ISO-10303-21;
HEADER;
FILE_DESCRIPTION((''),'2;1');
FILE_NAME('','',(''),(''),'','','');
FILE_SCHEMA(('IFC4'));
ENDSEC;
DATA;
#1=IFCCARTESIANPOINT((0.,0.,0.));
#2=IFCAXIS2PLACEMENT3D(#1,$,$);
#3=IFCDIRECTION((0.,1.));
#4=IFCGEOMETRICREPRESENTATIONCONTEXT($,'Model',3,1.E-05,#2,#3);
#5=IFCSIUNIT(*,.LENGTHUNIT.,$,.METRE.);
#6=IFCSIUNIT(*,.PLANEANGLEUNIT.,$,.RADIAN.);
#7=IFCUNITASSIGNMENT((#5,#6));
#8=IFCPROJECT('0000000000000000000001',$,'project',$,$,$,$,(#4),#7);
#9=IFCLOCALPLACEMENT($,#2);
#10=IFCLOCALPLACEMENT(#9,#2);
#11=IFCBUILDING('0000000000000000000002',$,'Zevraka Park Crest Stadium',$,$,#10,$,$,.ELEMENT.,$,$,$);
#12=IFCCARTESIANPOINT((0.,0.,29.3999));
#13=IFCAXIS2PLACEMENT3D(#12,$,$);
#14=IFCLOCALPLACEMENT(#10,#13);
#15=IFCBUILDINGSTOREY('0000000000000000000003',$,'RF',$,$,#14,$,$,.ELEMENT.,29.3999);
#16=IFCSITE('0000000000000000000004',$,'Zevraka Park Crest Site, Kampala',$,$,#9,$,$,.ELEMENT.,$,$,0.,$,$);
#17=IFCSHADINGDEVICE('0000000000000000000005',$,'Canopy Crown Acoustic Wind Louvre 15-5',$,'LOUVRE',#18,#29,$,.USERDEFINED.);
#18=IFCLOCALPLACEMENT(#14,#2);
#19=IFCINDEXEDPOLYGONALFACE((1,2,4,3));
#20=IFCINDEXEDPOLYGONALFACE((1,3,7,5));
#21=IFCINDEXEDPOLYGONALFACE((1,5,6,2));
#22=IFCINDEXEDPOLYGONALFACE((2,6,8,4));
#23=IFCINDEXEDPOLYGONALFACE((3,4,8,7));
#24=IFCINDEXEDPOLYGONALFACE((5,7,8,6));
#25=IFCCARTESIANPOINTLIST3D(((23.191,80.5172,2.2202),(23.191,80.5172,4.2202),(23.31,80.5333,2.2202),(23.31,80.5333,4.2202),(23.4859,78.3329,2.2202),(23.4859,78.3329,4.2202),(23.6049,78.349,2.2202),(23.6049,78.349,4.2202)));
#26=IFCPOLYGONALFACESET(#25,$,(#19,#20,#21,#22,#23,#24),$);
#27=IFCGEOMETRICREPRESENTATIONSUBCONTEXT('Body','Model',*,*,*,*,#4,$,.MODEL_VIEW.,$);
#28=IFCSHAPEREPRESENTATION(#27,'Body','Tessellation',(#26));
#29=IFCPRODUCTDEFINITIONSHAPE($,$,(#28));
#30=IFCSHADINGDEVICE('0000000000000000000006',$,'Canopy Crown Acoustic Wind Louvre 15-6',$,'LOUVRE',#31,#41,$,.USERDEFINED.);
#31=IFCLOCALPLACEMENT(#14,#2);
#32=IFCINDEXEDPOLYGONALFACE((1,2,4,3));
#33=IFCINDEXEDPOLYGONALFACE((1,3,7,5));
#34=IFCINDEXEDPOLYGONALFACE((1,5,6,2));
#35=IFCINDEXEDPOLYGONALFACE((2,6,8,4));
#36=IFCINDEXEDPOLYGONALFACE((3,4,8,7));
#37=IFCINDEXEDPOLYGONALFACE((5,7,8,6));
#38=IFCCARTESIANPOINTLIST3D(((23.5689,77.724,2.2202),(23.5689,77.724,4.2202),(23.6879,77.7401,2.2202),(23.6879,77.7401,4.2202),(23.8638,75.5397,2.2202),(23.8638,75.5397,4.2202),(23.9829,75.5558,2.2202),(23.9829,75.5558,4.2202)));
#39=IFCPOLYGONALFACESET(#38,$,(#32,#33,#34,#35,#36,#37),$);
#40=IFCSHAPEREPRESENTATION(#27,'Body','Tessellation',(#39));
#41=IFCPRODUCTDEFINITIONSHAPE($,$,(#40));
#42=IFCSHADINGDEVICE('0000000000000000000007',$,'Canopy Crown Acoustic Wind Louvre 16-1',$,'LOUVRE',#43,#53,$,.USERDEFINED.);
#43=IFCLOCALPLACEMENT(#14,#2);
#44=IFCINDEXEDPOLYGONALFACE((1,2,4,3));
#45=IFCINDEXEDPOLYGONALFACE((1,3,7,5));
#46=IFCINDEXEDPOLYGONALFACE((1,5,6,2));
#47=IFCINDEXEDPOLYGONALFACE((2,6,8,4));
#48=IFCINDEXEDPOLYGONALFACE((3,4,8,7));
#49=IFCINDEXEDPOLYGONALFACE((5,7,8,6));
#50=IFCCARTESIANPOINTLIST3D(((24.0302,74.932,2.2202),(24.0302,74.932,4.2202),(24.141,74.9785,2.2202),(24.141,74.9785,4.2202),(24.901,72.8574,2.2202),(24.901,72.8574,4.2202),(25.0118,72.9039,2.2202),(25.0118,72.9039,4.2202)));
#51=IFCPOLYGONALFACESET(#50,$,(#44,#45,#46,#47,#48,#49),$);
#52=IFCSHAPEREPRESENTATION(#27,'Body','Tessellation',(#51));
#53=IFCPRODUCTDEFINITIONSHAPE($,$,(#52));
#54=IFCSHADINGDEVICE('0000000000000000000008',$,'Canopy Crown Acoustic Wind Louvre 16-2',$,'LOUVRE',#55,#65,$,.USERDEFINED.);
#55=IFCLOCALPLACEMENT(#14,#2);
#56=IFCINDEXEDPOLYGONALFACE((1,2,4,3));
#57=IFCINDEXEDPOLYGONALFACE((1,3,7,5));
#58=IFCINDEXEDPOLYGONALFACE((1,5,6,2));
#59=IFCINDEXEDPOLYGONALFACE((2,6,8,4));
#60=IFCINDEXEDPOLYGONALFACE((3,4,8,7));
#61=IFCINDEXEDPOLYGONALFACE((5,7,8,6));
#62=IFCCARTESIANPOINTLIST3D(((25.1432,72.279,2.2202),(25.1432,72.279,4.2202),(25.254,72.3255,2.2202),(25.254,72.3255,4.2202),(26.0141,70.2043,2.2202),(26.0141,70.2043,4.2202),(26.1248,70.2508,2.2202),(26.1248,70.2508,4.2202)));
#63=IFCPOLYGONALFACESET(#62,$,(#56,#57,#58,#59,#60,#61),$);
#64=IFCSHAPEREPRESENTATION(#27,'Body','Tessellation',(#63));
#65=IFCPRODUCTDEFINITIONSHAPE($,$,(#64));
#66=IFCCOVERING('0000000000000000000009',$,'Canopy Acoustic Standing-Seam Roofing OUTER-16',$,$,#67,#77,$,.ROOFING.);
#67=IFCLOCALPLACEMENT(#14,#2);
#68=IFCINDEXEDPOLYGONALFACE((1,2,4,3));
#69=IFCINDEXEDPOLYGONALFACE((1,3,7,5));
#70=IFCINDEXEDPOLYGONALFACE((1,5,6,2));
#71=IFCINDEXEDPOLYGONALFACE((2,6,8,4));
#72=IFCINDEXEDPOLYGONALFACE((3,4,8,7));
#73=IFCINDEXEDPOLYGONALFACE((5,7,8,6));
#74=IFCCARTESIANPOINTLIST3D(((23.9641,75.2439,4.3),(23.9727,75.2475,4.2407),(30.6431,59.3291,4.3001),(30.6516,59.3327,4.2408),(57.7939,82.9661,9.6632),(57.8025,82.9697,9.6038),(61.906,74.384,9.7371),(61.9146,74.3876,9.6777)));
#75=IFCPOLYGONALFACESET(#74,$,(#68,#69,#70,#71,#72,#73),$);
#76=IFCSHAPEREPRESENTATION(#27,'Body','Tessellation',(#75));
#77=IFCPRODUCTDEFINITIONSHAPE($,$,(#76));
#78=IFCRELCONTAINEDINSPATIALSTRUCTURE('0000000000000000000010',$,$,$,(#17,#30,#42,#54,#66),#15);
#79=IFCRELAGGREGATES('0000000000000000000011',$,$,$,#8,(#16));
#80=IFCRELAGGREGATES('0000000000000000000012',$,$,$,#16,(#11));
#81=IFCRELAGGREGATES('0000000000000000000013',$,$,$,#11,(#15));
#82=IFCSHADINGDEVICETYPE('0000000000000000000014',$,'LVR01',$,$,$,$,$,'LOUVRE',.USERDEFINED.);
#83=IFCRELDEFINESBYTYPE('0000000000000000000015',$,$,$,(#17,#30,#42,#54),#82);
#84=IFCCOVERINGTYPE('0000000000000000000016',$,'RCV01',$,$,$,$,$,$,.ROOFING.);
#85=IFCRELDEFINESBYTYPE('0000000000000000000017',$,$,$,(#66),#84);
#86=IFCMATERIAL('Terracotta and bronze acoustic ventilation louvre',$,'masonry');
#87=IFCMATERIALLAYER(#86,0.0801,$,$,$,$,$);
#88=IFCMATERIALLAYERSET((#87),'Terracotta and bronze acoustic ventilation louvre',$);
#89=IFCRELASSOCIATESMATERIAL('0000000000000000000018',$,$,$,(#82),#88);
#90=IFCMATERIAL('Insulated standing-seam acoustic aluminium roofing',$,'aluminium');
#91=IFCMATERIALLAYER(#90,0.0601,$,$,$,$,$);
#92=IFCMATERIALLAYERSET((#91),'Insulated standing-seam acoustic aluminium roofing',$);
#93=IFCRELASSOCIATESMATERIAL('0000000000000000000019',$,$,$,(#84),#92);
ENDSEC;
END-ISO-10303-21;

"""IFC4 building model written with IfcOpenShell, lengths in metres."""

from ifc_helpers import new_model, si_unit, direction, frame, origin, origin_2d, place, context, subcontext, project, spatial, polyline, rectangle, outline, extrude, material, layer, layer_set, type_object, element, save


model = new_model("IFC4")

# Units and contexts
model_context = context("Model", 3, precision=1e-05, world=origin(), true_north=direction((0.0, 1.0)))
body_context = subcontext(model_context, "Body", "Model", "MODEL_VIEW")
ifc_project = project(units=[si_unit("LENGTHUNIT", "METRE"), si_unit("PLANEANGLEUNIT", "RADIAN")], contexts=[model_context])

# Site, building, storey
site_placement = place(None, origin())
site = spatial("IfcSite", under=ifc_project, at=site_placement, Name="Zevraka Park Crest Site, Kampala", CompositionType="ELEMENT", RefElevation=0.0)
building_placement = place(site_placement, origin())
building = spatial("IfcBuilding", under=site, at=building_placement, Name="Zevraka Park Crest Stadium", CompositionType="ELEMENT")
storey_placement = place(building_placement, frame((0.0, 0.0, 29.3999)))
storey = spatial("IfcBuildingStorey", under=building, at=storey_placement, Name="RF", CompositionType="ELEMENT", Elevation=29.3999)

# Shading devices
ifc_material_1 = material(Name="Terracotta and bronze acoustic ventilation louvre", Category="masonry")
ifc_layer_1 = layer(ifc_material_1, 0.0801)
ifc_layer_set_1 = layer_set([ifc_layer_1], Name="Terracotta and bronze acoustic ventilation louvre")
shading_device_type = type_object("IfcShadingDeviceType", Name="LVR01", ElementType="LOUVRE", PredefinedType="USERDEFINED", material=ifc_layer_set_1)
for number, where, z_axis, x_axis, name in (
    (1, (23.3979, 79.4331, 2.2202), (0.0, 0.0, 1.0), (0.133813, -0.991007, 0.0), "Canopy Crown Acoustic Wind Louvre 15-5"),
    (2, (23.7759, 76.6399, 2.2202), (0.0, 0.0, 1.0), (0.133813, -0.991007, 0.0), "Canopy Crown Acoustic Wind Louvre 15-6"),
):
    element("IfcShadingDevice", number, at=place(storey_placement, frame(where, z_axis=z_axis, x_axis=x_axis)), inside=storey, type_object=shading_device_type, Name=name, ObjectType="LOUVRE", PredefinedType="USERDEFINED", context=body_context, shape_type="SweptSolid", body=[
        extrude(rectangle(XDim=2.2041, YDim=0.1201, at=origin_2d()), origin(), (0.0, 0.0, 1.0), 2.0),
    ])
for number, where, z_axis, x_axis, name in (
    (3, (24.521, 73.918, 2.2202), (0.0, 0.0, 1.0), (0.387033, -0.922066, 0.0), "Canopy Crown Acoustic Wind Louvre 16-1"),
    (4, (25.634, 71.2649, 2.2202), (0.0, 0.0, 1.0), (0.387033, -0.922066, 0.0), "Canopy Crown Acoustic Wind Louvre 16-2"),
):
    element("IfcShadingDevice", number, at=place(storey_placement, frame(where, z_axis=z_axis, x_axis=x_axis)), inside=storey, type_object=shading_device_type, Name=name, ObjectType="LOUVRE", PredefinedType="USERDEFINED", context=body_context, shape_type="SweptSolid", body=[
        extrude(rectangle(XDim=2.25, YDim=0.1201, at=origin_2d()), origin(), (0.0, 0.0, 1.0), 2.0),
    ])

# Covering
ifc_material_2 = material(Name="Insulated standing-seam acoustic aluminium roofing", Category="aluminium")
ifc_layer_2 = layer(ifc_material_2, 0.0601)
ifc_layer_set_2 = layer_set([ifc_layer_2], Name="Insulated standing-seam acoustic aluminium roofing")
covering_type_1 = type_object("IfcCoveringType", Name="RCV01", PredefinedType="ROOFING", material=ifc_layer_set_2)
covering_1_placement = place(storey_placement, frame((23.9641, 75.2439, 4.3), z_axis=(-0.142926, -0.059976, 0.987914), x_axis=(0.386973, -0.922091, 0.000005)))
element("IfcCovering", 5, at=covering_1_placement, inside=storey, type_object=covering_type_1, Name="Canopy Acoustic Standing-Seam Roofing OUTER-16", PredefinedType="ROOFING", context=body_context, shape_type="SweptSolid", body=[
    extrude(outline(polyline([(0.0, 0.0), (17.2595, 0.0), (15.4754, 35.0771), (5.9707, 34.6006), (0.0, 0.0)])), origin(), (0.0, 0.0, -1.0), 0.0601),
])

save(model, "model.ifc")
